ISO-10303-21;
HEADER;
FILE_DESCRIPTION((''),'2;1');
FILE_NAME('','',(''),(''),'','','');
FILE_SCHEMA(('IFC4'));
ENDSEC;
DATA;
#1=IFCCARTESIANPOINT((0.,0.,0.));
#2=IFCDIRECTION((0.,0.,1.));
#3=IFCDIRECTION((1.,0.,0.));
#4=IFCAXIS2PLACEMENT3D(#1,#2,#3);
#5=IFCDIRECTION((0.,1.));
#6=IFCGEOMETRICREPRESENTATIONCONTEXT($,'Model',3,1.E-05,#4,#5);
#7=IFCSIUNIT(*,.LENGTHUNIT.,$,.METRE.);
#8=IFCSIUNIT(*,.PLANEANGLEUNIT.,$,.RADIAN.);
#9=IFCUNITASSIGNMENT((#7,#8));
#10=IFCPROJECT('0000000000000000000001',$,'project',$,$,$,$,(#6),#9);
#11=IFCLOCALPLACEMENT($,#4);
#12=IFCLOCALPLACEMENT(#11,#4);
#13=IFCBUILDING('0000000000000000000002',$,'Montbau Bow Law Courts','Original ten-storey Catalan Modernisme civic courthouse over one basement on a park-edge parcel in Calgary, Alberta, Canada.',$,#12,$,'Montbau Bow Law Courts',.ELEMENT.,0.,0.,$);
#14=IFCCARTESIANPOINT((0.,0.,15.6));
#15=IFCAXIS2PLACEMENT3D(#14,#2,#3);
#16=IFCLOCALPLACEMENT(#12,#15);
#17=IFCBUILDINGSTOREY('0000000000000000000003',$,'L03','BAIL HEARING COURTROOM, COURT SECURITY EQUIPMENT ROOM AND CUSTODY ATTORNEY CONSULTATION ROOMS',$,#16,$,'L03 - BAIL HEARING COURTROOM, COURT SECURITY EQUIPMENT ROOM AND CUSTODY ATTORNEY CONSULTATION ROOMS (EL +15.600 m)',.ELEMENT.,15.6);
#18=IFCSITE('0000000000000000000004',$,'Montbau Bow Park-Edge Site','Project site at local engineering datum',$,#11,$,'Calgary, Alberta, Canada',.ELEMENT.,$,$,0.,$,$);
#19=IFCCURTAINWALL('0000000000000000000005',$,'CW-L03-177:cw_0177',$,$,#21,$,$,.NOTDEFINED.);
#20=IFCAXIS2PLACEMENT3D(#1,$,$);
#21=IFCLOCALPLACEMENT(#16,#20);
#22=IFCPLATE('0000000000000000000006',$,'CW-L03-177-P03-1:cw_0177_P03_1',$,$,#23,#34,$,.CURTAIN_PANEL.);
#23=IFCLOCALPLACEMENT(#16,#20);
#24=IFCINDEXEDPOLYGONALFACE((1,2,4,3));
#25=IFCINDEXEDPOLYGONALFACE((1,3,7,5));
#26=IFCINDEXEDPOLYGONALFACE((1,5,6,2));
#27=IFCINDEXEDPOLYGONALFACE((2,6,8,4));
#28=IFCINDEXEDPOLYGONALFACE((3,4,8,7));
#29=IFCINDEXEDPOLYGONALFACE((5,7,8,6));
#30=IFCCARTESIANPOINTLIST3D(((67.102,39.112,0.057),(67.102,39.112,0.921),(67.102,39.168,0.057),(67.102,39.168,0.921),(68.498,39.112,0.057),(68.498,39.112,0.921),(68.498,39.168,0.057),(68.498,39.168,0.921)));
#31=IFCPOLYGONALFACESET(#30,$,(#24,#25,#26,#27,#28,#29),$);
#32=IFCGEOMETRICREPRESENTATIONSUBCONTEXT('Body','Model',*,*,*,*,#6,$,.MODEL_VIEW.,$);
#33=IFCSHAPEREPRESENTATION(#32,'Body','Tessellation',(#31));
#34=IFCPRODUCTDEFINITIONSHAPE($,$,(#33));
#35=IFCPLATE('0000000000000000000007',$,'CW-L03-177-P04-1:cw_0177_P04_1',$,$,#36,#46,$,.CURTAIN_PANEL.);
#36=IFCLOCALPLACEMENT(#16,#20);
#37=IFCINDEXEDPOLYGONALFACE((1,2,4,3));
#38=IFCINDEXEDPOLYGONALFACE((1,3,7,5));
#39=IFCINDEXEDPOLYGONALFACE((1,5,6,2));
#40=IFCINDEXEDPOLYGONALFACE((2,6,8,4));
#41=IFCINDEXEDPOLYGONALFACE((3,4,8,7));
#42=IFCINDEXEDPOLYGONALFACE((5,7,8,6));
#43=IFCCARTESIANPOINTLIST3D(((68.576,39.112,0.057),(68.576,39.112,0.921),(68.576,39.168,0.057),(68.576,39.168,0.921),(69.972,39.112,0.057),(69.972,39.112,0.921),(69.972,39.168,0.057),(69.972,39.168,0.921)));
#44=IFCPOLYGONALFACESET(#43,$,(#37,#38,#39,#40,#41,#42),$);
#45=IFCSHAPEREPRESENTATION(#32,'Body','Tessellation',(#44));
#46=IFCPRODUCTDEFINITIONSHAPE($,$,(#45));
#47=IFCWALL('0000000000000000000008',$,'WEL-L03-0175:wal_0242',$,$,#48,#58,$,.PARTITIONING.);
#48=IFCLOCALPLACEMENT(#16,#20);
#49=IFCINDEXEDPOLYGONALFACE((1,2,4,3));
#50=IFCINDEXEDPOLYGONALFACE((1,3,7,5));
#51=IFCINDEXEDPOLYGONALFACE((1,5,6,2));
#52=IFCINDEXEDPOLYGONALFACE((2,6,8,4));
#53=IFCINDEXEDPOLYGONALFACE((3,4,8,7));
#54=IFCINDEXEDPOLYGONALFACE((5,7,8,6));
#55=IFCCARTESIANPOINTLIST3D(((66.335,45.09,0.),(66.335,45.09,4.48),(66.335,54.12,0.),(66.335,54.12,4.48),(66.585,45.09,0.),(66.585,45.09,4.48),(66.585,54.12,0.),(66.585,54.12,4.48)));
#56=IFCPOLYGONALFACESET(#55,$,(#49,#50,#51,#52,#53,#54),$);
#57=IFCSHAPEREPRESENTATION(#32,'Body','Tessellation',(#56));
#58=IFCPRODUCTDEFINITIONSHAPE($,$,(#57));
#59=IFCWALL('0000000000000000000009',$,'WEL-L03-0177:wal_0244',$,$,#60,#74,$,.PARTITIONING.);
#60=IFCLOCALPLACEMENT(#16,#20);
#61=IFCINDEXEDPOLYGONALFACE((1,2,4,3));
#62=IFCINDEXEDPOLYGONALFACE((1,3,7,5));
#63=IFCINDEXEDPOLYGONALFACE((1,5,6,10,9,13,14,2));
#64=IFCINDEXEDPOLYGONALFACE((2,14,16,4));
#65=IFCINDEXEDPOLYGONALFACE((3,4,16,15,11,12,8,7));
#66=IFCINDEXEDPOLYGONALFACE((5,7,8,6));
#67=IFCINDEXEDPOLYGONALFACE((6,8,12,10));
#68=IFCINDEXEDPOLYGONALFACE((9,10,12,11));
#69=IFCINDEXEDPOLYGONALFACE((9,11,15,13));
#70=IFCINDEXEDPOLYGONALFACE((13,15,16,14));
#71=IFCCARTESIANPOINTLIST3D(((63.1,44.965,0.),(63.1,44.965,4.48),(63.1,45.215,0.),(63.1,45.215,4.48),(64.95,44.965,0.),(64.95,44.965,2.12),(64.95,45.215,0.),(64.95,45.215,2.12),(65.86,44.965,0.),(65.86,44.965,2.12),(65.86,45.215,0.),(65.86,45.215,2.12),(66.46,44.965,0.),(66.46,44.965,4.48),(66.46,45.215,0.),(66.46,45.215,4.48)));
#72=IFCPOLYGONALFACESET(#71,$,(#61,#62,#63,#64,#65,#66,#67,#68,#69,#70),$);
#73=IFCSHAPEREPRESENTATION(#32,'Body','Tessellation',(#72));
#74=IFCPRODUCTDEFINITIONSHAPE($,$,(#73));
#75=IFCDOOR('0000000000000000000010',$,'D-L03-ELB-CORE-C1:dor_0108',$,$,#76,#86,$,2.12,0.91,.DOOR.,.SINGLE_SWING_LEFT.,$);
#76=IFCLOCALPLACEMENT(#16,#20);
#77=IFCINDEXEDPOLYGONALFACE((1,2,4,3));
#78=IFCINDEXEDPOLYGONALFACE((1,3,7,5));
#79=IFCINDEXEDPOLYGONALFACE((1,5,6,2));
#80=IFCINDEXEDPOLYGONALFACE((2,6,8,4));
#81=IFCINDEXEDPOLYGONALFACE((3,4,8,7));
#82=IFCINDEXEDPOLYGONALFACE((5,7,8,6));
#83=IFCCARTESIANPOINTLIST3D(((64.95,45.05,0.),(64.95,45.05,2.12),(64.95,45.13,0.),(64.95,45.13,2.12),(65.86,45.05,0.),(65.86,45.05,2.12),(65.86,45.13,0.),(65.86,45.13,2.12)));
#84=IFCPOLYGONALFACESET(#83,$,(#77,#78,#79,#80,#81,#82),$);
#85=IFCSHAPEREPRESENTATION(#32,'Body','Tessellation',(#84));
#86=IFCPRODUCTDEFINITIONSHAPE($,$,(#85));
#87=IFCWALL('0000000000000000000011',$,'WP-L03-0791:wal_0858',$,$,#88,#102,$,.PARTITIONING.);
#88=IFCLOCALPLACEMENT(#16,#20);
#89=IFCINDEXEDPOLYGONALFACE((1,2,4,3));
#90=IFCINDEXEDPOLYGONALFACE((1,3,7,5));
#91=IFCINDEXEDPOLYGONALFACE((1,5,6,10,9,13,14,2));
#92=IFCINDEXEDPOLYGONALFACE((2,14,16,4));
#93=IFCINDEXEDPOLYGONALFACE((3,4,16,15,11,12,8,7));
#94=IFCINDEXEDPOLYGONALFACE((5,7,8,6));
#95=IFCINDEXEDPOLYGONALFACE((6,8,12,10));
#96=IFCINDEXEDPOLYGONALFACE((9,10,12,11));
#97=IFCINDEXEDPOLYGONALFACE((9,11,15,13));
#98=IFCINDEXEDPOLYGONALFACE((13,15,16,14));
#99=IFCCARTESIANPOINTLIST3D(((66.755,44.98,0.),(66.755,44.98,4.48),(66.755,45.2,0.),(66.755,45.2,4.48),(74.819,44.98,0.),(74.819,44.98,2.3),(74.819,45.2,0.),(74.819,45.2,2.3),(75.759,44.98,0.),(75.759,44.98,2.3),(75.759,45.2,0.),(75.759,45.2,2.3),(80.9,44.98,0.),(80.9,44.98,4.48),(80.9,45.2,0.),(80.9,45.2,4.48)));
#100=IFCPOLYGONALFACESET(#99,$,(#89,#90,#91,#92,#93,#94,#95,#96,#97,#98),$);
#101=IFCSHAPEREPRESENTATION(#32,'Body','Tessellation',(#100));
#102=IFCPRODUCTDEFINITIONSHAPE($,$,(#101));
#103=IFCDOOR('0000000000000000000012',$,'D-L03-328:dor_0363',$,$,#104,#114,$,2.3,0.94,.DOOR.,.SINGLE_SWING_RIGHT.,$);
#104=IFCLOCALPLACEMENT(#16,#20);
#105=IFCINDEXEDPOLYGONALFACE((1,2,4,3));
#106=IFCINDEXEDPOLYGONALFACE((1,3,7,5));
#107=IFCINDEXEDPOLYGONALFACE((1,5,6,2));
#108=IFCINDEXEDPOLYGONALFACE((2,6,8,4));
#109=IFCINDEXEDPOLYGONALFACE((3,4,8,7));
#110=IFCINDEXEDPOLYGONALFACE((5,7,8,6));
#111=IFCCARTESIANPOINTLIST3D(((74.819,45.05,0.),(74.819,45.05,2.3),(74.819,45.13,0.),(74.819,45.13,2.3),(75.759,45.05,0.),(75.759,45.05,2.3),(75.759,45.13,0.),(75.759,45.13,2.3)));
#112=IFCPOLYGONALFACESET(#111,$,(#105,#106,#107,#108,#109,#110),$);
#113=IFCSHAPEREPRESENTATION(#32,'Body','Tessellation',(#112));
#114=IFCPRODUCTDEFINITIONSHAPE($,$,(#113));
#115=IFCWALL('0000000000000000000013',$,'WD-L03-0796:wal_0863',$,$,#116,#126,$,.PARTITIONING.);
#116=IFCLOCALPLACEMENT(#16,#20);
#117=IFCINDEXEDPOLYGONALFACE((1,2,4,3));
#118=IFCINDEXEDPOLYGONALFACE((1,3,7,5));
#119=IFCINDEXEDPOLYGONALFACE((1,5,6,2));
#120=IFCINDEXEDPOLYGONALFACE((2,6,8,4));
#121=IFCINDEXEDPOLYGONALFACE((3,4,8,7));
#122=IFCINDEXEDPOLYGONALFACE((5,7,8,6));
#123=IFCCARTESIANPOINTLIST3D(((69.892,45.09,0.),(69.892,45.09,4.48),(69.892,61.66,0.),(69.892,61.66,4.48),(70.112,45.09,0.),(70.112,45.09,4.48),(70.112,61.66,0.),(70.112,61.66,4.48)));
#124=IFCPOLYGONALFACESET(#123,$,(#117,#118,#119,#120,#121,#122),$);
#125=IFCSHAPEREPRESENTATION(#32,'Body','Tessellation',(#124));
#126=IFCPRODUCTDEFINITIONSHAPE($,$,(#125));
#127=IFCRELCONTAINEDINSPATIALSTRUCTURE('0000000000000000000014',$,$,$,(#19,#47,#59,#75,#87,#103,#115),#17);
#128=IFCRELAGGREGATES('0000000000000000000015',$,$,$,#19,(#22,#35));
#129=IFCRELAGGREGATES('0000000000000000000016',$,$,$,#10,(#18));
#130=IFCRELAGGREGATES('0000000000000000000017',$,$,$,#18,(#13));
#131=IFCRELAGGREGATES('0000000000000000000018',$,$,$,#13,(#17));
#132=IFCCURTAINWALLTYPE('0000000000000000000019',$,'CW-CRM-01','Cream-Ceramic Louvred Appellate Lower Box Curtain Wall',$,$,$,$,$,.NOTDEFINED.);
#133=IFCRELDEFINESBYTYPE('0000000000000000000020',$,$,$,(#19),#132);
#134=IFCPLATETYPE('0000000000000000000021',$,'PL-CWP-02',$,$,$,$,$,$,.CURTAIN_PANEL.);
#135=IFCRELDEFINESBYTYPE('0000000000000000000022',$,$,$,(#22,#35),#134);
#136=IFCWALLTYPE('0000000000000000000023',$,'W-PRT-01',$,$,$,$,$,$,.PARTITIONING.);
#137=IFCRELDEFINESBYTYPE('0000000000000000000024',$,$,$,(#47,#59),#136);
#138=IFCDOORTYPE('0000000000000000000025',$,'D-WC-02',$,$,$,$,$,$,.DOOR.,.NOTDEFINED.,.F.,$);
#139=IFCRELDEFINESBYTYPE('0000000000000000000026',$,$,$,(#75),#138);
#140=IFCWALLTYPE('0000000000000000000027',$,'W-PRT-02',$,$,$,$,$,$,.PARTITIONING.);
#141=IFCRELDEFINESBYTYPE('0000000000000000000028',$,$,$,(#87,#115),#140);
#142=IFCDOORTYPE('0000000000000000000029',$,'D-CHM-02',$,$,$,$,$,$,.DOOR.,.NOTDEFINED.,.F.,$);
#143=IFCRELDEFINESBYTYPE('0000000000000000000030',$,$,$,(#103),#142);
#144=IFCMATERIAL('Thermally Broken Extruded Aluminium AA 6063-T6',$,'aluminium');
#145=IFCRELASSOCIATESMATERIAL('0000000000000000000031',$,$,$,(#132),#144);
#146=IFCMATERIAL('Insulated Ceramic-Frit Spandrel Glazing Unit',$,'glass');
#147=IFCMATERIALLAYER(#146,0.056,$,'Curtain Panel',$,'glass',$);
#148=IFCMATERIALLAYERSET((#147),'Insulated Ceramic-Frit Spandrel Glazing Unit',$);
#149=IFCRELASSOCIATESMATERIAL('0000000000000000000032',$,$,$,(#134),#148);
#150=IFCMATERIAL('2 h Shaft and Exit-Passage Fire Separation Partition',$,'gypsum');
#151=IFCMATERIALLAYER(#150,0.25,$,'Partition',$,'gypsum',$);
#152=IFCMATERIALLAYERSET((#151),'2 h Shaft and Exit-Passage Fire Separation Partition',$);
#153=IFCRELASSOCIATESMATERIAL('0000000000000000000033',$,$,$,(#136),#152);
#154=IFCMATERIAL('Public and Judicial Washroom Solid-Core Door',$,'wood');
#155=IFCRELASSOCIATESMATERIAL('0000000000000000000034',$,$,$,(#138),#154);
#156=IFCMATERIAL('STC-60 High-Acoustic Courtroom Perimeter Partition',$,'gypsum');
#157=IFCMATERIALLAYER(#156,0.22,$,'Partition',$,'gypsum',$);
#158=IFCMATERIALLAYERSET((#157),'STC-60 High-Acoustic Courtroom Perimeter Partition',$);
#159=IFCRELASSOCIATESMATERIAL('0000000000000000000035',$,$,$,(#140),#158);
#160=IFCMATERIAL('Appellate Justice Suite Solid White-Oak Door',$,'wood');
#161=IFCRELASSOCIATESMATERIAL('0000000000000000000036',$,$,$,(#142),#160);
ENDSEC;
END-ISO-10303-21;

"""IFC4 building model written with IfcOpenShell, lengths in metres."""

from ifc_helpers import new_model, si_unit, direction, frame, frame_2d, origin_with_axes, place, context, subcontext, project, spatial, rectangle, extrude, material, layer, layer_set, type_object, element, fill, aggregate, save


model = new_model("IFC4")

# Units and contexts
model_context = context("Model", 3, precision=1e-05, world=origin_with_axes(), true_north=direction((0.0, 1.0)))
body_context = subcontext(model_context, "Body", "Model", "MODEL_VIEW")
ifc_project = project(units=[si_unit("LENGTHUNIT", "METRE"), si_unit("PLANEANGLEUNIT", "RADIAN")], contexts=[model_context])

# Site, building, storey
site_placement = place(None, origin_with_axes())
site = spatial("IfcSite", under=ifc_project, at=site_placement, Name="Montbau Bow Park-Edge Site", Description="Project site at local engineering datum", LongName="Calgary, Alberta, Canada", CompositionType="ELEMENT", RefElevation=0.0)
building_placement = place(site_placement, origin_with_axes())
building = spatial("IfcBuilding", under=site, at=building_placement, Name="Montbau Bow Law Courts", Description="Original ten-storey Catalan Modernisme civic courthouse over one basement on a park-edge parcel in Calgary, Alberta, Canada.", LongName="Montbau Bow Law Courts", CompositionType="ELEMENT", ElevationOfRefHeight=0.0, ElevationOfTerrain=0.0)
storey_placement = place(building_placement, frame((0.0, 0.0, 15.6), z_axis=(0.0, 0.0, 1.0), x_axis=(1.0, 0.0, 0.0)))
storey = spatial("IfcBuildingStorey", under=building, at=storey_placement, Name="L03", Description="BAIL HEARING COURTROOM, COURT SECURITY EQUIPMENT ROOM AND CUSTODY ATTORNEY CONSULTATION ROOMS", LongName="L03 - BAIL HEARING COURTROOM, COURT SECURITY EQUIPMENT ROOM AND CUSTODY ATTORNEY CONSULTATION ROOMS (EL +15.600 m)", CompositionType="ELEMENT", Elevation=15.6)

# Curtain wall, plates
ifc_material_1 = material(Name="Thermally Broken Extruded Aluminium AA 6063-T6", Category="aluminium")
curtain_wall_type = type_object("IfcCurtainWallType", Name="CW-CRM-01", Description="Cream-Ceramic Louvred Appellate Lower Box Curtain Wall", PredefinedType="NOTDEFINED", material=ifc_material_1)
curtain_wall_placement = place(None, frame((64.115, 39.14, 15.6), z_axis=(0.0, 0.0, 1.0), x_axis=(1.0, 0.0, 0.0)))
curtain_wall = element("IfcCurtainWall", 1, at=curtain_wall_placement, inside=storey, type_object=curtain_wall_type, Name="CW-L03-177:cw_0177", PredefinedType="NOTDEFINED")
ifc_material_2 = material(Name="Insulated Ceramic-Frit Spandrel Glazing Unit", Category="glass")
ifc_layer_1 = layer(ifc_material_2, 0.056, Name="Curtain Panel", Category="glass")
ifc_layer_set_1 = layer_set([ifc_layer_1], Name="Insulated Ceramic-Frit Spandrel Glazing Unit")
plate_type_1 = type_object("IfcPlateType", Name="PL-CWP-02", PredefinedType="CURTAIN_PANEL", material=ifc_layer_set_1)
plate_1_placement = place(None, frame((67.102, 39.14, 15.657), z_axis=(0.0, -1.0, 0.0), x_axis=(1.0, 0.0, 0.0)))
plate_1 = element("IfcPlate", 2, at=plate_1_placement, type_object=plate_type_1, Name="CW-L03-177-P03-1:cw_0177_P03_1", PredefinedType="CURTAIN_PANEL", context=body_context, shape_type="SweptSolid", body=[
    extrude(rectangle(XDim=1.396, YDim=0.864, at=frame_2d((0.698, 0.432), x_axis=(1.0, 0.0))), frame((0.0, 0.0, -0.028), z_axis=(0.0, 0.0, 1.0), x_axis=(1.0, 0.0, 0.0)), (0.0, 0.0, 1.0), 0.056),
])
plate_2_placement = place(None, frame((68.576, 39.14, 15.657), z_axis=(0.0, -1.0, 0.0), x_axis=(1.0, 0.0, 0.0)))
plate_2 = element("IfcPlate", 3, at=plate_2_placement, type_object=plate_type_1, Name="CW-L03-177-P04-1:cw_0177_P04_1", PredefinedType="CURTAIN_PANEL", context=body_context, shape_type="SweptSolid", body=[
    extrude(rectangle(XDim=1.396, YDim=0.864, at=frame_2d((0.698, 0.432), x_axis=(1.0, 0.0))), frame((0.0, 0.0, -0.028), z_axis=(0.0, 0.0, 1.0), x_axis=(1.0, 0.0, 0.0)), (0.0, 0.0, 1.0), 0.056),
])
aggregate(curtain_wall, [plate_1, plate_2])

# Wall
ifc_material_3 = material(Name="2 h Shaft and Exit-Passage Fire Separation Partition", Category="gypsum")
ifc_layer_2 = layer(ifc_material_3, 0.25, Name="Partition", Category="gypsum")
ifc_layer_set_2 = layer_set([ifc_layer_2], Name="2 h Shaft and Exit-Passage Fire Separation Partition")
wall_type_1 = type_object("IfcWallType", Name="W-PRT-01", PredefinedType="PARTITIONING", material=ifc_layer_set_2)
wall_1_placement = place(None, frame((66.46, 45.09, 15.6), z_axis=(0.0, 0.0, 1.0), x_axis=(0.0, 1.0, 0.0)))
element("IfcWall", 4, at=wall_1_placement, inside=storey, type_object=wall_type_1, Name="WEL-L03-0175:wal_0242", PredefinedType="PARTITIONING", context=body_context, shape_type="SweptSolid", body=[
    extrude(rectangle(XDim=9.03, YDim=0.25, at=frame_2d((4.515, 0.0), x_axis=(1.0, 0.0))), origin_with_axes(), (0.0, 0.0, 1.0), 4.48),
])

# Walls, openings, doors
wall_2_placement = place(None, frame((63.1, 45.09, 15.6), z_axis=(0.0, 0.0, 1.0), x_axis=(1.0, 0.0, 0.0)))
wall_2 = element("IfcWall", 5, at=wall_2_placement, inside=storey, type_object=wall_type_1, Name="WEL-L03-0177:wal_0244", PredefinedType="PARTITIONING", context=body_context, shape_type="SweptSolid", body=[
    extrude(rectangle(XDim=3.36, YDim=0.25, at=frame_2d((1.68, 0.0), x_axis=(1.0, 0.0))), origin_with_axes(), (0.0, 0.0, 1.0), 4.48),
])
opening_1_placement = place(None, frame((65.405, 45.09, 15.6), z_axis=(0.0, 0.0, 1.0), x_axis=(1.0, 0.0, 0.0)))
opening_1 = element("IfcOpeningElement", 6, at=opening_1_placement, cuts=wall_2, PredefinedType="OPENING", context=body_context, shape_type="SweptSolid", body=[
    extrude(rectangle(XDim=0.91, YDim=2.12, at=frame_2d((0.0, 1.06), x_axis=(1.0, 0.0))), frame((0.0, 0.135, 0.0), z_axis=(0.0, -1.0, 0.0), x_axis=(1.0, 0.0, 0.0)), (0.0, 0.0, 1.0), 0.27),
])
ifc_material_4 = material(Name="Public and Judicial Washroom Solid-Core Door", Category="wood")
door_type_1 = type_object("IfcDoorType", Name="D-WC-02", OperationType="NOTDEFINED", ParameterTakesPrecedence=False, PredefinedType="DOOR", material=ifc_material_4)
door_1_placement = place(None, frame((65.405, 45.09, 15.6), z_axis=(0.0, 0.0, 1.0), x_axis=(1.0, 0.0, 0.0)))
door_1 = element("IfcDoor", 7, at=door_1_placement, inside=storey, type_object=door_type_1, Name="D-L03-ELB-CORE-C1:dor_0108", OperationType="SINGLE_SWING_LEFT", OverallHeight=2.12, OverallWidth=0.91, PredefinedType="DOOR", context=body_context, shape_type="SweptSolid", body=[
    extrude(rectangle(XDim=0.91, YDim=2.12, at=frame_2d((0.0, 1.06), x_axis=(1.0, 0.0))), frame((0.0, 0.04, 0.0), z_axis=(0.0, -1.0, 0.0), x_axis=(1.0, 0.0, 0.0)), (0.0, 0.0, 1.0), 0.08),
])
fill(opening_1, door_1)
ifc_material_5 = material(Name="STC-60 High-Acoustic Courtroom Perimeter Partition", Category="gypsum")
ifc_layer_3 = layer(ifc_material_5, 0.22, Name="Partition", Category="gypsum")
ifc_layer_set_3 = layer_set([ifc_layer_3], Name="STC-60 High-Acoustic Courtroom Perimeter Partition")
wall_type_2 = type_object("IfcWallType", Name="W-PRT-02", PredefinedType="PARTITIONING", material=ifc_layer_set_3)
wall_3_placement = place(None, frame((66.755, 45.09, 15.6), z_axis=(0.0, 0.0, 1.0), x_axis=(1.0, 0.0, 0.0)))
wall_3 = element("IfcWall", 8, at=wall_3_placement, inside=storey, type_object=wall_type_2, Name="WP-L03-0791:wal_0858", PredefinedType="PARTITIONING", context=body_context, shape_type="SweptSolid", body=[
    extrude(rectangle(XDim=14.145, YDim=0.22, at=frame_2d((7.0725, 0.0), x_axis=(1.0, 0.0))), origin_with_axes(), (0.0, 0.0, 1.0), 4.48),
])
opening_2_placement = place(None, frame((75.289, 45.09, 15.6), z_axis=(0.0, 0.0, 1.0), x_axis=(1.0, 0.0, 0.0)))
opening_2 = element("IfcOpeningElement", 9, at=opening_2_placement, cuts=wall_3, PredefinedType="OPENING", context=body_context, shape_type="SweptSolid", body=[
    extrude(rectangle(XDim=0.94, YDim=2.3, at=frame_2d((0.0, 1.15), x_axis=(1.0, 0.0))), frame((0.0, 0.12, 0.0), z_axis=(0.0, -1.0, 0.0), x_axis=(1.0, 0.0, 0.0)), (0.0, 0.0, 1.0), 0.24),
])
ifc_material_6 = material(Name="Appellate Justice Suite Solid White-Oak Door", Category="wood")
door_type_2 = type_object("IfcDoorType", Name="D-CHM-02", OperationType="NOTDEFINED", ParameterTakesPrecedence=False, PredefinedType="DOOR", material=ifc_material_6)
door_2_placement = place(None, frame((75.289, 45.09, 15.6), z_axis=(0.0, 0.0, 1.0), x_axis=(-1.0, 0.0, 0.0)))
door_2 = element("IfcDoor", 10, at=door_2_placement, inside=storey, type_object=door_type_2, Name="D-L03-328:dor_0363", OperationType="SINGLE_SWING_RIGHT", OverallHeight=2.3, OverallWidth=0.94, PredefinedType="DOOR", context=body_context, shape_type="SweptSolid", body=[
    extrude(rectangle(XDim=0.94, YDim=2.3, at=frame_2d((0.0, 1.15), x_axis=(1.0, 0.0))), frame((0.0, 0.04, 0.0), z_axis=(0.0, -1.0, 0.0), x_axis=(1.0, 0.0, 0.0)), (0.0, 0.0, 1.0), 0.08),
])
fill(opening_2, door_2)

# Wall
wall_4_placement = place(None, frame((70.002, 45.09, 15.6), z_axis=(0.0, 0.0, 1.0), x_axis=(0.0, 1.0, 0.0)))
element("IfcWall", 11, at=wall_4_placement, inside=storey, type_object=wall_type_2, Name="WD-L03-0796:wal_0863", PredefinedType="PARTITIONING", context=body_context, shape_type="SweptSolid", body=[
    extrude(rectangle(XDim=16.57, YDim=0.22, at=frame_2d((8.285, 0.0), x_axis=(1.0, 0.0))), origin_with_axes(), (0.0, 0.0, 1.0), 4.48),
])

save(model, "model.ifc")
